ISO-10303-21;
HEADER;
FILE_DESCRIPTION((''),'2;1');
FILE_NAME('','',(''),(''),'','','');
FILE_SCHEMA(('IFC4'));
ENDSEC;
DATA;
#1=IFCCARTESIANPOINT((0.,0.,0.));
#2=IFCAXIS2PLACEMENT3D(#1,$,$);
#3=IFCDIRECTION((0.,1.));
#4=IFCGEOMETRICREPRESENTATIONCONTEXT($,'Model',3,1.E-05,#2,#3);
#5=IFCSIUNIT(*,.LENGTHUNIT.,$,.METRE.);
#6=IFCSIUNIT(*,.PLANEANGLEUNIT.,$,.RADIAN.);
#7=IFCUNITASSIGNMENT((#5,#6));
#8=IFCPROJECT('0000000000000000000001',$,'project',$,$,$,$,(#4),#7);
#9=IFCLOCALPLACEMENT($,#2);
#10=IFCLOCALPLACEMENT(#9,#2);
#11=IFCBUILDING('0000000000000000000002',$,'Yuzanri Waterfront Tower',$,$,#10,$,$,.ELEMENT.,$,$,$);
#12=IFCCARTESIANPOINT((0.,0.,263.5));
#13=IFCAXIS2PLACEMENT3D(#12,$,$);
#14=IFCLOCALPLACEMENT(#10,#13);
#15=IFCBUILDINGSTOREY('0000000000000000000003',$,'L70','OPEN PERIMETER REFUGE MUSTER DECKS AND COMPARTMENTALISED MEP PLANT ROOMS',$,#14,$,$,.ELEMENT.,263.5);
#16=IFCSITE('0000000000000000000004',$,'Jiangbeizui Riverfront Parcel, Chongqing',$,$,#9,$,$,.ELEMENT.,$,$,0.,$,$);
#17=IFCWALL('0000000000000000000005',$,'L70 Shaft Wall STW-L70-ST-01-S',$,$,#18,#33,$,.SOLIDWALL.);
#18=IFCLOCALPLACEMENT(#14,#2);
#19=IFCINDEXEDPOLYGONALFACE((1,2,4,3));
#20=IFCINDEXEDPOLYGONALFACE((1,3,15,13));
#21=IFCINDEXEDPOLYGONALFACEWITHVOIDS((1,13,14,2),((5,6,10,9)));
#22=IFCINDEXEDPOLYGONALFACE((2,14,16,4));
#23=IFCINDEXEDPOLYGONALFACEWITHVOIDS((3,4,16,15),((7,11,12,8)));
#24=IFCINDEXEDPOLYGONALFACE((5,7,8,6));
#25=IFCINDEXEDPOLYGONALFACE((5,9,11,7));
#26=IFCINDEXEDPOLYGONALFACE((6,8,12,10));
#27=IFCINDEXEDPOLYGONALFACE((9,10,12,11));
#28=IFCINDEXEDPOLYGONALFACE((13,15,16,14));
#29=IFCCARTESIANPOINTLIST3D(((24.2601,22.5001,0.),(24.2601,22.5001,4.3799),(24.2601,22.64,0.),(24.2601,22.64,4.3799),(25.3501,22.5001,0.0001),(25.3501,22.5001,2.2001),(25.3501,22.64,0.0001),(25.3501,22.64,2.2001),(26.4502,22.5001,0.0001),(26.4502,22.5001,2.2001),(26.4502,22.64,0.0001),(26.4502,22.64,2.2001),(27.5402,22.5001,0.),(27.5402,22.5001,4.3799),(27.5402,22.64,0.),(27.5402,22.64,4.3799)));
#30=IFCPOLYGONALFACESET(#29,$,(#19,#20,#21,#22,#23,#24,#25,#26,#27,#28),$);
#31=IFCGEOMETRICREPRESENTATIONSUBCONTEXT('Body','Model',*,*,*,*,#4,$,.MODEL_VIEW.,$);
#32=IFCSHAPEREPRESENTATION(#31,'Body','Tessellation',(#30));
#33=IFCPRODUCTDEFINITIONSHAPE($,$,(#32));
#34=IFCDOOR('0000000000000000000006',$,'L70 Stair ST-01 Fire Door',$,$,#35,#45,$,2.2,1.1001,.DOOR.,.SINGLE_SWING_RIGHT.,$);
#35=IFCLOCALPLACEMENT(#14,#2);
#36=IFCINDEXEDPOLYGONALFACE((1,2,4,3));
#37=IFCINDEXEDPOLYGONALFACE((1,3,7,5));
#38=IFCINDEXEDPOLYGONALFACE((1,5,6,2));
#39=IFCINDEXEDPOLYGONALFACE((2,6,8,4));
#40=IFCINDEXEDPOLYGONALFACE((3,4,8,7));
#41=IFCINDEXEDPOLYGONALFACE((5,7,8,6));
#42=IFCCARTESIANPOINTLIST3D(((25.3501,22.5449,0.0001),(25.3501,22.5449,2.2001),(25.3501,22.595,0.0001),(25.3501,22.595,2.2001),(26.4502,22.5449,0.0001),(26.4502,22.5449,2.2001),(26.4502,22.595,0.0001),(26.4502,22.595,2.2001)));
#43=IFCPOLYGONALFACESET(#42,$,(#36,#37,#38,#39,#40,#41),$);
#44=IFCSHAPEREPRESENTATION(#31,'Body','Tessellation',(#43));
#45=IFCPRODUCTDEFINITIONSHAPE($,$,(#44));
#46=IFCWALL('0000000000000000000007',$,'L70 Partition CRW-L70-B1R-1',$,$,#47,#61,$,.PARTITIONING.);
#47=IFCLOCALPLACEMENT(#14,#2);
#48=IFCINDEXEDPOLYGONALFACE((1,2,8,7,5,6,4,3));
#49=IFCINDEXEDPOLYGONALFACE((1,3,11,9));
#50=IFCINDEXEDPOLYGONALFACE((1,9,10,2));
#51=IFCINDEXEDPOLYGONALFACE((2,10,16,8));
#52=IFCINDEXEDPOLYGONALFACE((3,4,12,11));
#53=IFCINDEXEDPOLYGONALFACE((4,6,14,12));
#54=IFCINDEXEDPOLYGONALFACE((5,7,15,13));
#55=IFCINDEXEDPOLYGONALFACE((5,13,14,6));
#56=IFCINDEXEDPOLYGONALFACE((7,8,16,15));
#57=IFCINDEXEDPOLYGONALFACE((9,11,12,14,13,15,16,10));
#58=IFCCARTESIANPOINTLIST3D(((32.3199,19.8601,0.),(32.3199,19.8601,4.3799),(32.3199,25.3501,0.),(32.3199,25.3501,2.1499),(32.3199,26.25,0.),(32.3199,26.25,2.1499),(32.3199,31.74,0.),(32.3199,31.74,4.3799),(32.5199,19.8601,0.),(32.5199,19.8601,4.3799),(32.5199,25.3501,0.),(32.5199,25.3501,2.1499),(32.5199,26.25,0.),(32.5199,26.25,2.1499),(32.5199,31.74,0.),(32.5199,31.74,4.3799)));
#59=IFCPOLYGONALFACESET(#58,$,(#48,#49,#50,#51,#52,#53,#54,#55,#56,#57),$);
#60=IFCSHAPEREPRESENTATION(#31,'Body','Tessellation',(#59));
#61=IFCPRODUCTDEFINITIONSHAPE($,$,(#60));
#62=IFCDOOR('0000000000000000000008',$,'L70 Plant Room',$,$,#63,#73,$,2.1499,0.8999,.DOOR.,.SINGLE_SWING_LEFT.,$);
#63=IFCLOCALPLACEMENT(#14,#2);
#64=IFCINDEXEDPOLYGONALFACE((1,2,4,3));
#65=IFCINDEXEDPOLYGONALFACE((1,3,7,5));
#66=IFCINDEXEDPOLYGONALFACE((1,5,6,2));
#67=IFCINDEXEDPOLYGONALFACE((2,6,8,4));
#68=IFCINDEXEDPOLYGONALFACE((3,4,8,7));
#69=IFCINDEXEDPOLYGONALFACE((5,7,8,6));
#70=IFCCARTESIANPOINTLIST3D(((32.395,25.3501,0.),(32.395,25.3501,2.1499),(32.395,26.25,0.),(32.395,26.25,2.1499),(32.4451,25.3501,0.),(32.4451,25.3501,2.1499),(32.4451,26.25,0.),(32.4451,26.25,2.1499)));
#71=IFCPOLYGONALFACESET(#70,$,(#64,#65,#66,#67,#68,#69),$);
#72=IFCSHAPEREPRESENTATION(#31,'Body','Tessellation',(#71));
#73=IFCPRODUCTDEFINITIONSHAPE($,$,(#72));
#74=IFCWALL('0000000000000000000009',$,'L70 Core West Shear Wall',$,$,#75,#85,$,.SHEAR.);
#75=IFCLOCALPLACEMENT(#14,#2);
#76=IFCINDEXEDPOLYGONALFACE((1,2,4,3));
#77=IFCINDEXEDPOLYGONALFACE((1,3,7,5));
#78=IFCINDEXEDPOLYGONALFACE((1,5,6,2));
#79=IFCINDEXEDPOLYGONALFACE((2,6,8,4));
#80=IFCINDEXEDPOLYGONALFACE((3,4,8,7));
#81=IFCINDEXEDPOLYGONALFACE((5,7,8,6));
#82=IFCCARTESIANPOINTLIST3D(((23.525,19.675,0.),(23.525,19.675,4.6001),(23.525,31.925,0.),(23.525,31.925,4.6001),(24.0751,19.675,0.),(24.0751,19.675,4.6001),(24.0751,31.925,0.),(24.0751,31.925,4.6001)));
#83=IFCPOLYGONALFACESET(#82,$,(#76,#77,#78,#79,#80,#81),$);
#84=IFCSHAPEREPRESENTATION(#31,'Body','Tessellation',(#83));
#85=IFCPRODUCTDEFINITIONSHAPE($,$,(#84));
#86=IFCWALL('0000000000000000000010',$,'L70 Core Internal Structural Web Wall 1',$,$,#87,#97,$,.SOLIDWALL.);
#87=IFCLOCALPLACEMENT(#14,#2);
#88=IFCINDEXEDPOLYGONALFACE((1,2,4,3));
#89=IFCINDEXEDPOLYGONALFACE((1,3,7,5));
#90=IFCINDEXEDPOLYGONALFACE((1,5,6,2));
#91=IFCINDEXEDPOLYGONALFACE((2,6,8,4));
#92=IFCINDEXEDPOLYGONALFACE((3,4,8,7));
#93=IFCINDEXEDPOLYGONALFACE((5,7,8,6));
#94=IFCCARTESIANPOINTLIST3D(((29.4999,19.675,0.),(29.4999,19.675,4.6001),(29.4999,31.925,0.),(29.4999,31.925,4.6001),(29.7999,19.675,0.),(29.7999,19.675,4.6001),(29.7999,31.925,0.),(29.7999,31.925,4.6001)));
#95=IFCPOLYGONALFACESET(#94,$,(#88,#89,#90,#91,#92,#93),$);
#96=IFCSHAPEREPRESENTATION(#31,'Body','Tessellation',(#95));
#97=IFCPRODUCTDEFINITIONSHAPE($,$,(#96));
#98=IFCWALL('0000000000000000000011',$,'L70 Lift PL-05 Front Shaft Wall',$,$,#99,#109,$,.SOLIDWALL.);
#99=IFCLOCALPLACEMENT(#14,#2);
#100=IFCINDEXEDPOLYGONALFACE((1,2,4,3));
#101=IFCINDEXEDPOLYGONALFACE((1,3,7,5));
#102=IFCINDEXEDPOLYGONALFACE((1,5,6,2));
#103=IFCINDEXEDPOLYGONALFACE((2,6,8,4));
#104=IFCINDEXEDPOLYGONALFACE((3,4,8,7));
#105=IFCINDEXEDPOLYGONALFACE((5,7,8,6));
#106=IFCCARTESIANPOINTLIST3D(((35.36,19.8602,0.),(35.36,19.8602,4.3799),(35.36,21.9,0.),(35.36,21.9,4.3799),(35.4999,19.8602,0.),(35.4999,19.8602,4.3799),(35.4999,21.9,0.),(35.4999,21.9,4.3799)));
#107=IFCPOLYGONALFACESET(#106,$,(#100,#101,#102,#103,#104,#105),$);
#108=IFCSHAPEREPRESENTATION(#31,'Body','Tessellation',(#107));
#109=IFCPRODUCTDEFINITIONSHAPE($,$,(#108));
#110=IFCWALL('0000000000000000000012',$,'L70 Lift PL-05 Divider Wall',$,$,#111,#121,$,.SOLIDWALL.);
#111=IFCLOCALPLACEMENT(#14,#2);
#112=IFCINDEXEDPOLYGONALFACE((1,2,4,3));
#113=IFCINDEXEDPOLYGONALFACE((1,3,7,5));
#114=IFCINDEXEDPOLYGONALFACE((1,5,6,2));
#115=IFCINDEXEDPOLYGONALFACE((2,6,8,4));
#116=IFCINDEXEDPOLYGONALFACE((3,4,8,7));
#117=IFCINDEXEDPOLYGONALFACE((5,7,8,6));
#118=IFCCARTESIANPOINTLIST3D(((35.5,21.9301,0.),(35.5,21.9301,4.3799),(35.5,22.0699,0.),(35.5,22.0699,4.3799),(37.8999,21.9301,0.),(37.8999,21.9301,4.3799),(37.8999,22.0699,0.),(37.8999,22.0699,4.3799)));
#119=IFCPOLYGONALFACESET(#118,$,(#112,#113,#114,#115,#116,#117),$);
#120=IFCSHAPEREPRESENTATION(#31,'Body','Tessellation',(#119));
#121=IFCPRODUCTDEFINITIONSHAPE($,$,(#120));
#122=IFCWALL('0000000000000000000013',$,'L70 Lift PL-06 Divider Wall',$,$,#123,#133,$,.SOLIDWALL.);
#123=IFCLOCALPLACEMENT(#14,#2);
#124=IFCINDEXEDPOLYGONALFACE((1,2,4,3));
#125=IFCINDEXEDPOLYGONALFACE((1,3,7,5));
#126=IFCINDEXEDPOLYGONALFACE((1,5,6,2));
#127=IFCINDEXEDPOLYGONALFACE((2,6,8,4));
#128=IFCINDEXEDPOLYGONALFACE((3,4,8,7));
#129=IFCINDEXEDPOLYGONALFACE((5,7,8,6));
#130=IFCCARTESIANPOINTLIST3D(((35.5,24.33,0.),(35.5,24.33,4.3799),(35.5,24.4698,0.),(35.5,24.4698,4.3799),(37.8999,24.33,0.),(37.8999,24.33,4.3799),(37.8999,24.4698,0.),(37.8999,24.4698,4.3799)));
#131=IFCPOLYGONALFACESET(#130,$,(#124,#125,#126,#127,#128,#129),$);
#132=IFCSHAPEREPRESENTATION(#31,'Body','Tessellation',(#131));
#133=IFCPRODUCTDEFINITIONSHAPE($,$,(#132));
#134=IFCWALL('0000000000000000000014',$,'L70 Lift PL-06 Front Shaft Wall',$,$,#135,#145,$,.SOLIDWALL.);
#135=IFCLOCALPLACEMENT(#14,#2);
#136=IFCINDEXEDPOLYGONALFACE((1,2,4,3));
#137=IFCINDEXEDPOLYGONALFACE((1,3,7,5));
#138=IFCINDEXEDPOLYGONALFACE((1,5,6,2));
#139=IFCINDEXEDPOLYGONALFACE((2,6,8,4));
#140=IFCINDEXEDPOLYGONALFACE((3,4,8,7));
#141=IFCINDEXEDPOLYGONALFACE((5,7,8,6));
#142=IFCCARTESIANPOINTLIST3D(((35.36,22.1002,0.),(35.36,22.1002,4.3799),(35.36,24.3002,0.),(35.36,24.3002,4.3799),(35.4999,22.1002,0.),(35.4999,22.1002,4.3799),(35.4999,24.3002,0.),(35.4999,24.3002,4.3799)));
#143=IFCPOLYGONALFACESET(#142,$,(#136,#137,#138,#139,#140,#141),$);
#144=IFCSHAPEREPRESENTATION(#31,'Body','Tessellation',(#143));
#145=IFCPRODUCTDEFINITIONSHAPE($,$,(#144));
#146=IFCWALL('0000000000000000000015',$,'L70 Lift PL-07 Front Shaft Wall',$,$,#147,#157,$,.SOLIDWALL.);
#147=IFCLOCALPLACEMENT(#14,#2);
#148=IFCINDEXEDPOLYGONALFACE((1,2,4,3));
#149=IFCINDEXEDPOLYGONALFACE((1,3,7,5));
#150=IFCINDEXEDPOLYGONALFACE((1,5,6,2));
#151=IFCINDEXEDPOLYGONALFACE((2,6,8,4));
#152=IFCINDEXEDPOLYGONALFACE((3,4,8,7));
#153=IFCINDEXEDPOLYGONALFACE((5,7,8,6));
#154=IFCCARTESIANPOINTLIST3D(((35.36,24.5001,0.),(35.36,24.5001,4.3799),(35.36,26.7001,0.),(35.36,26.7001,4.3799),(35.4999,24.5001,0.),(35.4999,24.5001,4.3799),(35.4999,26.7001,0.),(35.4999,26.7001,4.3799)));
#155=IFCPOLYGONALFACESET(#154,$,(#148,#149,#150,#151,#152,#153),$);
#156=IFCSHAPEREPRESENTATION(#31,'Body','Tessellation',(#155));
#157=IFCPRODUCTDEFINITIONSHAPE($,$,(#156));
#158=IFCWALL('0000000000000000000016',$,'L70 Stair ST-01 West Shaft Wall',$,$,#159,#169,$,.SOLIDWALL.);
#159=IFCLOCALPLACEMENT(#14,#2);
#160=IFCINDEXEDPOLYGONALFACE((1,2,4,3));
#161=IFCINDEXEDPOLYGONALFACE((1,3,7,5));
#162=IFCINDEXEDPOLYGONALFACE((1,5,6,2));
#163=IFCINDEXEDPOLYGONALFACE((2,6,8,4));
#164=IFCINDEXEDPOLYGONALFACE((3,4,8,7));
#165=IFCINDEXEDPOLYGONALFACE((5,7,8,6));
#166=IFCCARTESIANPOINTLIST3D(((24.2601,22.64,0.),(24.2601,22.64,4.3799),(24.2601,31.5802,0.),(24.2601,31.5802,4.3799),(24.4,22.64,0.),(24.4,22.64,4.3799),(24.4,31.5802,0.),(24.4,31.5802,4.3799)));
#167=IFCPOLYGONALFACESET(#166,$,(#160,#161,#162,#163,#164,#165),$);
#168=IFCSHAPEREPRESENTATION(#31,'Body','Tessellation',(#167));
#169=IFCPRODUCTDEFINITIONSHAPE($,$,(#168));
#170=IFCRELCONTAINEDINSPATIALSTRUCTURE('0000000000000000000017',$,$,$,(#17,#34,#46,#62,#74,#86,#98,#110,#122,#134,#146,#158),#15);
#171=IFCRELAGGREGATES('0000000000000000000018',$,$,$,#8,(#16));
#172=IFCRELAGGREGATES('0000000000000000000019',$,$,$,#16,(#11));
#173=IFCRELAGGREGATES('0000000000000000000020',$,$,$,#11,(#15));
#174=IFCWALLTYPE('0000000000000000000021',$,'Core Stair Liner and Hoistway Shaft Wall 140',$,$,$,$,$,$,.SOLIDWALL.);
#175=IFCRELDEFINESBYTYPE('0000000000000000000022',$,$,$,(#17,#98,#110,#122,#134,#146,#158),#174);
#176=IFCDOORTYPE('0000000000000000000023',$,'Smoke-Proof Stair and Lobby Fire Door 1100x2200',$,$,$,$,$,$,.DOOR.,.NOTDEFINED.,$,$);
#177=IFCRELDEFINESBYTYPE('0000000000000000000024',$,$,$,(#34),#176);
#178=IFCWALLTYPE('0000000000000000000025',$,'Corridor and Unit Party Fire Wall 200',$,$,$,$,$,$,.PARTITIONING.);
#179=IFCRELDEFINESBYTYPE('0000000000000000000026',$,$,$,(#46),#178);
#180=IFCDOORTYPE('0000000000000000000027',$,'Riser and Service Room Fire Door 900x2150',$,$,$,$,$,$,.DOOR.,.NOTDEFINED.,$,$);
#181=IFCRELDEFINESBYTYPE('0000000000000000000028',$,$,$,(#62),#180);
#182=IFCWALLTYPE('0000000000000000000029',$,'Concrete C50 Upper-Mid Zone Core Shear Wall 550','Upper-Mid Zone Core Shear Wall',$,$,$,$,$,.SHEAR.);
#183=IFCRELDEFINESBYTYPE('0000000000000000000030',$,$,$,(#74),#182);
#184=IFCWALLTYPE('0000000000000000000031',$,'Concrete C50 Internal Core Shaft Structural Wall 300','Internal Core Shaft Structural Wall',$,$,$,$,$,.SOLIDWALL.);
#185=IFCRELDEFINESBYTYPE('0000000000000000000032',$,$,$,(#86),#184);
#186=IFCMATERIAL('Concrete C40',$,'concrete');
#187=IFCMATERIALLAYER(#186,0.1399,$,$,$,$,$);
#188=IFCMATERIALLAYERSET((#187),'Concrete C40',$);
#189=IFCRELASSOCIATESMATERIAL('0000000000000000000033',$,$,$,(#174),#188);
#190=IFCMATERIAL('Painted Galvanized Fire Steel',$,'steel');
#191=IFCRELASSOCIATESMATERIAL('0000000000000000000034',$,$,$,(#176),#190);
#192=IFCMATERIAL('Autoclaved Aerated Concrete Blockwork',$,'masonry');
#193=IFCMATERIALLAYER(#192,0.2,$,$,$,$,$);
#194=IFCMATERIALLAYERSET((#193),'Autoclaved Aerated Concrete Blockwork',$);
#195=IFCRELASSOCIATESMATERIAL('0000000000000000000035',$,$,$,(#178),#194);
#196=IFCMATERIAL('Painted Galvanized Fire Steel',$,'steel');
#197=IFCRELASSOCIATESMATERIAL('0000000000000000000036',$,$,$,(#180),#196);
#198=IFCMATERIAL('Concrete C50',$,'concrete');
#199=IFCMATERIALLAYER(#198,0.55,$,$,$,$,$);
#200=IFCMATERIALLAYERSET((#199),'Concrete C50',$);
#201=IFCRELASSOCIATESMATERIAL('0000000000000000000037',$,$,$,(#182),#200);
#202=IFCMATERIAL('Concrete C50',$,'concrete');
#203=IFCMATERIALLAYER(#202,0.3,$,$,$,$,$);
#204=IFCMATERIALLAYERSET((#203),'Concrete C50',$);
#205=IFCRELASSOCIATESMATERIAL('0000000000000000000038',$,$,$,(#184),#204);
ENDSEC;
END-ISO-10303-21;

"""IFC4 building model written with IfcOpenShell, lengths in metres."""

from ifc_helpers import new_model, si_unit, direction, frame, frame_2d, origin, place, context, subcontext, project, spatial, rectangle, extrude, source, transform, mapped, material, layer, layer_set, type_object, element, fill, save


model = new_model("IFC4")

# Units and contexts
model_context = context("Model", 3, precision=1e-05, world=origin(), true_north=direction((0.0, 1.0)))
body_context = subcontext(model_context, "Body", "Model", "MODEL_VIEW")
ifc_project = project(units=[si_unit("LENGTHUNIT", "METRE"), si_unit("PLANEANGLEUNIT", "RADIAN")], contexts=[model_context])

# Site, building, storey
site_placement = place(None, origin())
site = spatial("IfcSite", under=ifc_project, at=site_placement, Name="Jiangbeizui Riverfront Parcel, Chongqing", CompositionType="ELEMENT", RefElevation=0.0)
building_placement = place(site_placement, origin())
building = spatial("IfcBuilding", under=site, at=building_placement, Name="Yuzanri Waterfront Tower", CompositionType="ELEMENT")
storey_placement = place(building_placement, frame((0.0, 0.0, 263.5)))
storey = spatial("IfcBuildingStorey", under=building, at=storey_placement, Name="L70", Description="OPEN PERIMETER REFUGE MUSTER DECKS AND COMPARTMENTALISED MEP PLANT ROOMS", CompositionType="ELEMENT", Elevation=263.5)

# Walls, openings, doors
ifc_material_1 = material(Name="Concrete C40", Category="concrete")
ifc_layer_1 = layer(ifc_material_1, 0.1399)
ifc_layer_set_1 = layer_set([ifc_layer_1], Name="Concrete C40")
wall_type_1 = type_object("IfcWallType", Name="Core Stair Liner and Hoistway Shaft Wall 140", PredefinedType="SOLIDWALL", material=ifc_layer_set_1)
wall_1_placement = place(storey_placement, frame((24.26, 22.5701, 0.0), z_axis=(0.0, 0.0, 1.0), x_axis=(1.0, 0.0, 0.0)))
wall_1 = element("IfcWall", 1, at=wall_1_placement, inside=storey, type_object=wall_type_1, Name="L70 Shaft Wall STW-L70-ST-01-S", PredefinedType="SOLIDWALL", context=body_context, shape_type="SweptSolid", body=[
    extrude(rectangle(XDim=3.28, YDim=0.1399, at=frame_2d((1.6401, 0.0))), origin(), (0.0, 0.0, 1.0), 4.3799),
])
opening_1_placement = place(wall_1_placement, frame((1.0901, 0.0, 0.0)))
opening_1 = element("IfcOpeningElement", 2, at=opening_1_placement, cuts=wall_1, PredefinedType="OPENING", context=body_context, shape_type="SweptSolid", body=[
    extrude(rectangle(XDim=1.1001, YDim=2.2, at=frame_2d((0.55, 1.1001))), frame((0.0, 0.085, 0.0), z_axis=(0.0, -1.0, 0.0), x_axis=(1.0, 0.0, 0.0)), (0.0, 0.0, 1.0), 0.1697),
])
ifc_material_2 = material(Name="Painted Galvanized Fire Steel", Category="steel")
door_type_1 = type_object("IfcDoorType", Name="Smoke-Proof Stair and Lobby Fire Door 1100x2200", OperationType="NOTDEFINED", PredefinedType="DOOR", material=ifc_material_2)
shared_shape_1 = source(origin(), body_context, "Body", "SweptSolid", [
    extrude(rectangle(XDim=1.1001, YDim=2.2, at=frame_2d((0.55, 1.1001))), frame((0.0, 0.0249, 0.0), z_axis=(0.0, -1.0, 0.0), x_axis=(1.0, 0.0, 0.0)), (0.0, 0.0, 1.0), 0.05),
])
door_1_placement = place(opening_1_placement, origin())
door_1 = element("IfcDoor", 3, at=door_1_placement, inside=storey, type_object=door_type_1, Name="L70 Stair ST-01 Fire Door", OperationType="SINGLE_SWING_RIGHT", OverallHeight=2.2, OverallWidth=1.1001, PredefinedType="DOOR", context=body_context, shape_type="MappedRepresentation", body=[
    mapped(shared_shape_1, transform((0.0, 0.0, 0.0), scale=1.0)),
])
fill(opening_1, door_1)
ifc_material_3 = material(Name="Autoclaved Aerated Concrete Blockwork", Category="masonry")
ifc_layer_2 = layer(ifc_material_3, 0.2)
ifc_layer_set_2 = layer_set([ifc_layer_2], Name="Autoclaved Aerated Concrete Blockwork")
wall_type_2 = type_object("IfcWallType", Name="Corridor and Unit Party Fire Wall 200", PredefinedType="PARTITIONING", material=ifc_layer_set_2)
wall_2_placement = place(storey_placement, frame((32.4199, 19.8601, 0.0), z_axis=(0.0, 0.0, 1.0), x_axis=(0.0, 1.0, 0.0)))
wall_2 = element("IfcWall", 4, at=wall_2_placement, inside=storey, type_object=wall_type_2, Name="L70 Partition CRW-L70-B1R-1", PredefinedType="PARTITIONING", context=body_context, shape_type="SweptSolid", body=[
    extrude(rectangle(XDim=11.8799, YDim=0.2, at=frame_2d((5.9399, 0.0))), origin(), (0.0, 0.0, 1.0), 4.3799),
])
opening_2_placement = place(wall_2_placement, frame((5.49, 0.0, 0.0)))
opening_2 = element("IfcOpeningElement", 5, at=opening_2_placement, cuts=wall_2, PredefinedType="OPENING", context=body_context, shape_type="SweptSolid", body=[
    extrude(rectangle(XDim=0.8999, YDim=2.1499, at=frame_2d((0.45, 1.075))), frame((0.0, 0.1147, 0.0), z_axis=(0.0, -1.0, 0.0), x_axis=(1.0, 0.0, 0.0)), (0.0, 0.0, 1.0), 0.2297),
])
ifc_material_4 = material(Name="Painted Galvanized Fire Steel", Category="steel")
door_type_2 = type_object("IfcDoorType", Name="Riser and Service Room Fire Door 900x2150", OperationType="NOTDEFINED", PredefinedType="DOOR", material=ifc_material_4)
shared_shape_2 = source(origin(), body_context, "Body", "SweptSolid", [
    extrude(rectangle(XDim=0.8999, YDim=2.1499, at=frame_2d((0.45, 1.075))), frame((0.0, 0.0249, 0.0), z_axis=(0.0, -1.0, 0.0), x_axis=(1.0, 0.0, 0.0)), (0.0, 0.0, 1.0), 0.05),
])
door_2_placement = place(opening_2_placement, origin())
door_2 = element("IfcDoor", 6, at=door_2_placement, inside=storey, type_object=door_type_2, Name="L70 Plant Room", OperationType="SINGLE_SWING_LEFT", OverallHeight=2.1499, OverallWidth=0.8999, PredefinedType="DOOR", context=body_context, shape_type="MappedRepresentation", body=[
    mapped(shared_shape_2, transform((0.0, 0.0, 0.0), scale=1.0)),
])
fill(opening_2, door_2)

# Walls
ifc_material_5 = material(Name="Concrete C50", Category="concrete")
ifc_layer_3 = layer(ifc_material_5, 0.55)
ifc_layer_set_3 = layer_set([ifc_layer_3], Name="Concrete C50")
wall_type_3 = type_object("IfcWallType", Name="Concrete C50 Upper-Mid Zone Core Shear Wall 550", Description="Upper-Mid Zone Core Shear Wall", PredefinedType="SHEAR", material=ifc_layer_set_3)
shared_shape_3 = source(origin(), body_context, "Body", "SweptSolid", [
    extrude(rectangle(XDim=12.25, YDim=0.55, at=frame_2d((6.125, 0.0))), origin(), (0.0, 0.0, 1.0), 4.6001),
])
wall_3_placement = place(storey_placement, frame((23.8, 19.675, 0.0), z_axis=(0.0, 0.0, 1.0), x_axis=(0.0, 1.0, 0.0)))
element("IfcWall", 7, at=wall_3_placement, inside=storey, type_object=wall_type_3, Name="L70 Core West Shear Wall", PredefinedType="SHEAR", context=body_context, shape_type="MappedRepresentation", body=[
    mapped(shared_shape_3, transform((0.0, 0.0, 0.0), scale=1.0)),
])
ifc_material_6 = material(Name="Concrete C50", Category="concrete")
ifc_layer_4 = layer(ifc_material_6, 0.3)
ifc_layer_set_4 = layer_set([ifc_layer_4], Name="Concrete C50")
wall_type_4 = type_object("IfcWallType", Name="Concrete C50 Internal Core Shaft Structural Wall 300", Description="Internal Core Shaft Structural Wall", PredefinedType="SOLIDWALL", material=ifc_layer_set_4)
shared_shape_4 = source(origin(), body_context, "Body", "SweptSolid", [
    extrude(rectangle(XDim=12.25, YDim=0.3, at=frame_2d((6.125, 0.0))), origin(), (0.0, 0.0, 1.0), 4.6001),
])
wall_4_placement = place(storey_placement, frame((29.6499, 19.675, 0.0), z_axis=(0.0, 0.0, 1.0), x_axis=(0.0, 1.0, 0.0)))
element("IfcWall", 8, at=wall_4_placement, inside=storey, type_object=wall_type_4, Name="L70 Core Internal Structural Web Wall 1", PredefinedType="SOLIDWALL", context=body_context, shape_type="MappedRepresentation", body=[
    mapped(shared_shape_4, transform((0.0, 0.0, 0.0), scale=1.0)),
])
shared_shape_5 = source(origin(), body_context, "Body", "SweptSolid", [
    extrude(rectangle(XDim=2.0398, YDim=0.1399, at=frame_2d((1.02, 0.0))), origin(), (0.0, 0.0, 1.0), 4.3799),
])
wall_5_placement = place(storey_placement, frame((35.4299, 19.8601, 0.0), z_axis=(0.0, 0.0, 1.0), x_axis=(0.0, 1.0, 0.0)))
element("IfcWall", 9, at=wall_5_placement, inside=storey, type_object=wall_type_1, Name="L70 Lift PL-05 Front Shaft Wall", PredefinedType="SOLIDWALL", context=body_context, shape_type="MappedRepresentation", body=[
    mapped(shared_shape_5, transform((0.0, 0.0, 0.0), scale=1.0)),
])
shared_shape_6 = source(origin(), body_context, "Body", "SweptSolid", [
    extrude(rectangle(XDim=2.3999, YDim=0.1399, at=frame_2d((1.2, 0.0))), origin(), (0.0, 0.0, 1.0), 4.3799),
])
for number, where, z_axis, x_axis, name in (
    (10, (35.5, 22.0, 0.0), (0.0, 0.0, 1.0), (1.0, 0.0, 0.0), "L70 Lift PL-05 Divider Wall"),
    (11, (35.5, 24.3999, 0.0), (0.0, 0.0, 1.0), (1.0, 0.0, 0.0), "L70 Lift PL-06 Divider Wall"),
):
    element("IfcWall", number, at=place(storey_placement, frame(where, z_axis=z_axis, x_axis=x_axis)), inside=storey, type_object=wall_type_1, Name=name, PredefinedType="SOLIDWALL", context=body_context, shape_type="MappedRepresentation", body=[
        mapped(shared_shape_6, transform((0.0, 0.0, 0.0), scale=1.0)),
    ])
shared_shape_7 = source(origin(), body_context, "Body", "SweptSolid", [
    extrude(rectangle(XDim=2.2, YDim=0.1399, at=frame_2d((1.1001, 0.0))), origin(), (0.0, 0.0, 1.0), 4.3799),
])
for number, where, z_axis, x_axis, name in (
    (12, (35.4299, 22.1001, 0.0), (0.0, 0.0, 1.0), (0.0, 1.0, 0.0), "L70 Lift PL-06 Front Shaft Wall"),
    (13, (35.4299, 24.5, 0.0), (0.0, 0.0, 1.0), (0.0, 1.0, 0.0), "L70 Lift PL-07 Front Shaft Wall"),
):
    element("IfcWall", number, at=place(storey_placement, frame(where, z_axis=z_axis, x_axis=x_axis)), inside=storey, type_object=wall_type_1, Name=name, PredefinedType="SOLIDWALL", context=body_context, shape_type="MappedRepresentation", body=[
        mapped(shared_shape_7, transform((0.0, 0.0, 0.0), scale=1.0)),
    ])
shared_shape_8 = source(origin(), body_context, "Body", "SweptSolid", [
    extrude(rectangle(XDim=8.9402, YDim=0.1399, at=frame_2d((4.4702, 0.0))), origin(), (0.0, 0.0, 1.0), 4.3799),
])
for number, where, z_axis, x_axis, name in (
    (14, (24.3301, 22.6399, 0.0), (0.0, 0.0, 1.0), (0.0, 1.0, 0.0), "L70 Stair ST-01 West Shaft Wall"),
):
    element("IfcWall", number, at=place(storey_placement, frame(where, z_axis=z_axis, x_axis=x_axis)), inside=storey, type_object=wall_type_1, Name=name, PredefinedType="SOLIDWALL", context=body_context, shape_type="MappedRepresentation", body=[
        mapped(shared_shape_8, transform((0.0, 0.0, 0.0), scale=1.0)),
    ])

save(model, "model.ifc")
